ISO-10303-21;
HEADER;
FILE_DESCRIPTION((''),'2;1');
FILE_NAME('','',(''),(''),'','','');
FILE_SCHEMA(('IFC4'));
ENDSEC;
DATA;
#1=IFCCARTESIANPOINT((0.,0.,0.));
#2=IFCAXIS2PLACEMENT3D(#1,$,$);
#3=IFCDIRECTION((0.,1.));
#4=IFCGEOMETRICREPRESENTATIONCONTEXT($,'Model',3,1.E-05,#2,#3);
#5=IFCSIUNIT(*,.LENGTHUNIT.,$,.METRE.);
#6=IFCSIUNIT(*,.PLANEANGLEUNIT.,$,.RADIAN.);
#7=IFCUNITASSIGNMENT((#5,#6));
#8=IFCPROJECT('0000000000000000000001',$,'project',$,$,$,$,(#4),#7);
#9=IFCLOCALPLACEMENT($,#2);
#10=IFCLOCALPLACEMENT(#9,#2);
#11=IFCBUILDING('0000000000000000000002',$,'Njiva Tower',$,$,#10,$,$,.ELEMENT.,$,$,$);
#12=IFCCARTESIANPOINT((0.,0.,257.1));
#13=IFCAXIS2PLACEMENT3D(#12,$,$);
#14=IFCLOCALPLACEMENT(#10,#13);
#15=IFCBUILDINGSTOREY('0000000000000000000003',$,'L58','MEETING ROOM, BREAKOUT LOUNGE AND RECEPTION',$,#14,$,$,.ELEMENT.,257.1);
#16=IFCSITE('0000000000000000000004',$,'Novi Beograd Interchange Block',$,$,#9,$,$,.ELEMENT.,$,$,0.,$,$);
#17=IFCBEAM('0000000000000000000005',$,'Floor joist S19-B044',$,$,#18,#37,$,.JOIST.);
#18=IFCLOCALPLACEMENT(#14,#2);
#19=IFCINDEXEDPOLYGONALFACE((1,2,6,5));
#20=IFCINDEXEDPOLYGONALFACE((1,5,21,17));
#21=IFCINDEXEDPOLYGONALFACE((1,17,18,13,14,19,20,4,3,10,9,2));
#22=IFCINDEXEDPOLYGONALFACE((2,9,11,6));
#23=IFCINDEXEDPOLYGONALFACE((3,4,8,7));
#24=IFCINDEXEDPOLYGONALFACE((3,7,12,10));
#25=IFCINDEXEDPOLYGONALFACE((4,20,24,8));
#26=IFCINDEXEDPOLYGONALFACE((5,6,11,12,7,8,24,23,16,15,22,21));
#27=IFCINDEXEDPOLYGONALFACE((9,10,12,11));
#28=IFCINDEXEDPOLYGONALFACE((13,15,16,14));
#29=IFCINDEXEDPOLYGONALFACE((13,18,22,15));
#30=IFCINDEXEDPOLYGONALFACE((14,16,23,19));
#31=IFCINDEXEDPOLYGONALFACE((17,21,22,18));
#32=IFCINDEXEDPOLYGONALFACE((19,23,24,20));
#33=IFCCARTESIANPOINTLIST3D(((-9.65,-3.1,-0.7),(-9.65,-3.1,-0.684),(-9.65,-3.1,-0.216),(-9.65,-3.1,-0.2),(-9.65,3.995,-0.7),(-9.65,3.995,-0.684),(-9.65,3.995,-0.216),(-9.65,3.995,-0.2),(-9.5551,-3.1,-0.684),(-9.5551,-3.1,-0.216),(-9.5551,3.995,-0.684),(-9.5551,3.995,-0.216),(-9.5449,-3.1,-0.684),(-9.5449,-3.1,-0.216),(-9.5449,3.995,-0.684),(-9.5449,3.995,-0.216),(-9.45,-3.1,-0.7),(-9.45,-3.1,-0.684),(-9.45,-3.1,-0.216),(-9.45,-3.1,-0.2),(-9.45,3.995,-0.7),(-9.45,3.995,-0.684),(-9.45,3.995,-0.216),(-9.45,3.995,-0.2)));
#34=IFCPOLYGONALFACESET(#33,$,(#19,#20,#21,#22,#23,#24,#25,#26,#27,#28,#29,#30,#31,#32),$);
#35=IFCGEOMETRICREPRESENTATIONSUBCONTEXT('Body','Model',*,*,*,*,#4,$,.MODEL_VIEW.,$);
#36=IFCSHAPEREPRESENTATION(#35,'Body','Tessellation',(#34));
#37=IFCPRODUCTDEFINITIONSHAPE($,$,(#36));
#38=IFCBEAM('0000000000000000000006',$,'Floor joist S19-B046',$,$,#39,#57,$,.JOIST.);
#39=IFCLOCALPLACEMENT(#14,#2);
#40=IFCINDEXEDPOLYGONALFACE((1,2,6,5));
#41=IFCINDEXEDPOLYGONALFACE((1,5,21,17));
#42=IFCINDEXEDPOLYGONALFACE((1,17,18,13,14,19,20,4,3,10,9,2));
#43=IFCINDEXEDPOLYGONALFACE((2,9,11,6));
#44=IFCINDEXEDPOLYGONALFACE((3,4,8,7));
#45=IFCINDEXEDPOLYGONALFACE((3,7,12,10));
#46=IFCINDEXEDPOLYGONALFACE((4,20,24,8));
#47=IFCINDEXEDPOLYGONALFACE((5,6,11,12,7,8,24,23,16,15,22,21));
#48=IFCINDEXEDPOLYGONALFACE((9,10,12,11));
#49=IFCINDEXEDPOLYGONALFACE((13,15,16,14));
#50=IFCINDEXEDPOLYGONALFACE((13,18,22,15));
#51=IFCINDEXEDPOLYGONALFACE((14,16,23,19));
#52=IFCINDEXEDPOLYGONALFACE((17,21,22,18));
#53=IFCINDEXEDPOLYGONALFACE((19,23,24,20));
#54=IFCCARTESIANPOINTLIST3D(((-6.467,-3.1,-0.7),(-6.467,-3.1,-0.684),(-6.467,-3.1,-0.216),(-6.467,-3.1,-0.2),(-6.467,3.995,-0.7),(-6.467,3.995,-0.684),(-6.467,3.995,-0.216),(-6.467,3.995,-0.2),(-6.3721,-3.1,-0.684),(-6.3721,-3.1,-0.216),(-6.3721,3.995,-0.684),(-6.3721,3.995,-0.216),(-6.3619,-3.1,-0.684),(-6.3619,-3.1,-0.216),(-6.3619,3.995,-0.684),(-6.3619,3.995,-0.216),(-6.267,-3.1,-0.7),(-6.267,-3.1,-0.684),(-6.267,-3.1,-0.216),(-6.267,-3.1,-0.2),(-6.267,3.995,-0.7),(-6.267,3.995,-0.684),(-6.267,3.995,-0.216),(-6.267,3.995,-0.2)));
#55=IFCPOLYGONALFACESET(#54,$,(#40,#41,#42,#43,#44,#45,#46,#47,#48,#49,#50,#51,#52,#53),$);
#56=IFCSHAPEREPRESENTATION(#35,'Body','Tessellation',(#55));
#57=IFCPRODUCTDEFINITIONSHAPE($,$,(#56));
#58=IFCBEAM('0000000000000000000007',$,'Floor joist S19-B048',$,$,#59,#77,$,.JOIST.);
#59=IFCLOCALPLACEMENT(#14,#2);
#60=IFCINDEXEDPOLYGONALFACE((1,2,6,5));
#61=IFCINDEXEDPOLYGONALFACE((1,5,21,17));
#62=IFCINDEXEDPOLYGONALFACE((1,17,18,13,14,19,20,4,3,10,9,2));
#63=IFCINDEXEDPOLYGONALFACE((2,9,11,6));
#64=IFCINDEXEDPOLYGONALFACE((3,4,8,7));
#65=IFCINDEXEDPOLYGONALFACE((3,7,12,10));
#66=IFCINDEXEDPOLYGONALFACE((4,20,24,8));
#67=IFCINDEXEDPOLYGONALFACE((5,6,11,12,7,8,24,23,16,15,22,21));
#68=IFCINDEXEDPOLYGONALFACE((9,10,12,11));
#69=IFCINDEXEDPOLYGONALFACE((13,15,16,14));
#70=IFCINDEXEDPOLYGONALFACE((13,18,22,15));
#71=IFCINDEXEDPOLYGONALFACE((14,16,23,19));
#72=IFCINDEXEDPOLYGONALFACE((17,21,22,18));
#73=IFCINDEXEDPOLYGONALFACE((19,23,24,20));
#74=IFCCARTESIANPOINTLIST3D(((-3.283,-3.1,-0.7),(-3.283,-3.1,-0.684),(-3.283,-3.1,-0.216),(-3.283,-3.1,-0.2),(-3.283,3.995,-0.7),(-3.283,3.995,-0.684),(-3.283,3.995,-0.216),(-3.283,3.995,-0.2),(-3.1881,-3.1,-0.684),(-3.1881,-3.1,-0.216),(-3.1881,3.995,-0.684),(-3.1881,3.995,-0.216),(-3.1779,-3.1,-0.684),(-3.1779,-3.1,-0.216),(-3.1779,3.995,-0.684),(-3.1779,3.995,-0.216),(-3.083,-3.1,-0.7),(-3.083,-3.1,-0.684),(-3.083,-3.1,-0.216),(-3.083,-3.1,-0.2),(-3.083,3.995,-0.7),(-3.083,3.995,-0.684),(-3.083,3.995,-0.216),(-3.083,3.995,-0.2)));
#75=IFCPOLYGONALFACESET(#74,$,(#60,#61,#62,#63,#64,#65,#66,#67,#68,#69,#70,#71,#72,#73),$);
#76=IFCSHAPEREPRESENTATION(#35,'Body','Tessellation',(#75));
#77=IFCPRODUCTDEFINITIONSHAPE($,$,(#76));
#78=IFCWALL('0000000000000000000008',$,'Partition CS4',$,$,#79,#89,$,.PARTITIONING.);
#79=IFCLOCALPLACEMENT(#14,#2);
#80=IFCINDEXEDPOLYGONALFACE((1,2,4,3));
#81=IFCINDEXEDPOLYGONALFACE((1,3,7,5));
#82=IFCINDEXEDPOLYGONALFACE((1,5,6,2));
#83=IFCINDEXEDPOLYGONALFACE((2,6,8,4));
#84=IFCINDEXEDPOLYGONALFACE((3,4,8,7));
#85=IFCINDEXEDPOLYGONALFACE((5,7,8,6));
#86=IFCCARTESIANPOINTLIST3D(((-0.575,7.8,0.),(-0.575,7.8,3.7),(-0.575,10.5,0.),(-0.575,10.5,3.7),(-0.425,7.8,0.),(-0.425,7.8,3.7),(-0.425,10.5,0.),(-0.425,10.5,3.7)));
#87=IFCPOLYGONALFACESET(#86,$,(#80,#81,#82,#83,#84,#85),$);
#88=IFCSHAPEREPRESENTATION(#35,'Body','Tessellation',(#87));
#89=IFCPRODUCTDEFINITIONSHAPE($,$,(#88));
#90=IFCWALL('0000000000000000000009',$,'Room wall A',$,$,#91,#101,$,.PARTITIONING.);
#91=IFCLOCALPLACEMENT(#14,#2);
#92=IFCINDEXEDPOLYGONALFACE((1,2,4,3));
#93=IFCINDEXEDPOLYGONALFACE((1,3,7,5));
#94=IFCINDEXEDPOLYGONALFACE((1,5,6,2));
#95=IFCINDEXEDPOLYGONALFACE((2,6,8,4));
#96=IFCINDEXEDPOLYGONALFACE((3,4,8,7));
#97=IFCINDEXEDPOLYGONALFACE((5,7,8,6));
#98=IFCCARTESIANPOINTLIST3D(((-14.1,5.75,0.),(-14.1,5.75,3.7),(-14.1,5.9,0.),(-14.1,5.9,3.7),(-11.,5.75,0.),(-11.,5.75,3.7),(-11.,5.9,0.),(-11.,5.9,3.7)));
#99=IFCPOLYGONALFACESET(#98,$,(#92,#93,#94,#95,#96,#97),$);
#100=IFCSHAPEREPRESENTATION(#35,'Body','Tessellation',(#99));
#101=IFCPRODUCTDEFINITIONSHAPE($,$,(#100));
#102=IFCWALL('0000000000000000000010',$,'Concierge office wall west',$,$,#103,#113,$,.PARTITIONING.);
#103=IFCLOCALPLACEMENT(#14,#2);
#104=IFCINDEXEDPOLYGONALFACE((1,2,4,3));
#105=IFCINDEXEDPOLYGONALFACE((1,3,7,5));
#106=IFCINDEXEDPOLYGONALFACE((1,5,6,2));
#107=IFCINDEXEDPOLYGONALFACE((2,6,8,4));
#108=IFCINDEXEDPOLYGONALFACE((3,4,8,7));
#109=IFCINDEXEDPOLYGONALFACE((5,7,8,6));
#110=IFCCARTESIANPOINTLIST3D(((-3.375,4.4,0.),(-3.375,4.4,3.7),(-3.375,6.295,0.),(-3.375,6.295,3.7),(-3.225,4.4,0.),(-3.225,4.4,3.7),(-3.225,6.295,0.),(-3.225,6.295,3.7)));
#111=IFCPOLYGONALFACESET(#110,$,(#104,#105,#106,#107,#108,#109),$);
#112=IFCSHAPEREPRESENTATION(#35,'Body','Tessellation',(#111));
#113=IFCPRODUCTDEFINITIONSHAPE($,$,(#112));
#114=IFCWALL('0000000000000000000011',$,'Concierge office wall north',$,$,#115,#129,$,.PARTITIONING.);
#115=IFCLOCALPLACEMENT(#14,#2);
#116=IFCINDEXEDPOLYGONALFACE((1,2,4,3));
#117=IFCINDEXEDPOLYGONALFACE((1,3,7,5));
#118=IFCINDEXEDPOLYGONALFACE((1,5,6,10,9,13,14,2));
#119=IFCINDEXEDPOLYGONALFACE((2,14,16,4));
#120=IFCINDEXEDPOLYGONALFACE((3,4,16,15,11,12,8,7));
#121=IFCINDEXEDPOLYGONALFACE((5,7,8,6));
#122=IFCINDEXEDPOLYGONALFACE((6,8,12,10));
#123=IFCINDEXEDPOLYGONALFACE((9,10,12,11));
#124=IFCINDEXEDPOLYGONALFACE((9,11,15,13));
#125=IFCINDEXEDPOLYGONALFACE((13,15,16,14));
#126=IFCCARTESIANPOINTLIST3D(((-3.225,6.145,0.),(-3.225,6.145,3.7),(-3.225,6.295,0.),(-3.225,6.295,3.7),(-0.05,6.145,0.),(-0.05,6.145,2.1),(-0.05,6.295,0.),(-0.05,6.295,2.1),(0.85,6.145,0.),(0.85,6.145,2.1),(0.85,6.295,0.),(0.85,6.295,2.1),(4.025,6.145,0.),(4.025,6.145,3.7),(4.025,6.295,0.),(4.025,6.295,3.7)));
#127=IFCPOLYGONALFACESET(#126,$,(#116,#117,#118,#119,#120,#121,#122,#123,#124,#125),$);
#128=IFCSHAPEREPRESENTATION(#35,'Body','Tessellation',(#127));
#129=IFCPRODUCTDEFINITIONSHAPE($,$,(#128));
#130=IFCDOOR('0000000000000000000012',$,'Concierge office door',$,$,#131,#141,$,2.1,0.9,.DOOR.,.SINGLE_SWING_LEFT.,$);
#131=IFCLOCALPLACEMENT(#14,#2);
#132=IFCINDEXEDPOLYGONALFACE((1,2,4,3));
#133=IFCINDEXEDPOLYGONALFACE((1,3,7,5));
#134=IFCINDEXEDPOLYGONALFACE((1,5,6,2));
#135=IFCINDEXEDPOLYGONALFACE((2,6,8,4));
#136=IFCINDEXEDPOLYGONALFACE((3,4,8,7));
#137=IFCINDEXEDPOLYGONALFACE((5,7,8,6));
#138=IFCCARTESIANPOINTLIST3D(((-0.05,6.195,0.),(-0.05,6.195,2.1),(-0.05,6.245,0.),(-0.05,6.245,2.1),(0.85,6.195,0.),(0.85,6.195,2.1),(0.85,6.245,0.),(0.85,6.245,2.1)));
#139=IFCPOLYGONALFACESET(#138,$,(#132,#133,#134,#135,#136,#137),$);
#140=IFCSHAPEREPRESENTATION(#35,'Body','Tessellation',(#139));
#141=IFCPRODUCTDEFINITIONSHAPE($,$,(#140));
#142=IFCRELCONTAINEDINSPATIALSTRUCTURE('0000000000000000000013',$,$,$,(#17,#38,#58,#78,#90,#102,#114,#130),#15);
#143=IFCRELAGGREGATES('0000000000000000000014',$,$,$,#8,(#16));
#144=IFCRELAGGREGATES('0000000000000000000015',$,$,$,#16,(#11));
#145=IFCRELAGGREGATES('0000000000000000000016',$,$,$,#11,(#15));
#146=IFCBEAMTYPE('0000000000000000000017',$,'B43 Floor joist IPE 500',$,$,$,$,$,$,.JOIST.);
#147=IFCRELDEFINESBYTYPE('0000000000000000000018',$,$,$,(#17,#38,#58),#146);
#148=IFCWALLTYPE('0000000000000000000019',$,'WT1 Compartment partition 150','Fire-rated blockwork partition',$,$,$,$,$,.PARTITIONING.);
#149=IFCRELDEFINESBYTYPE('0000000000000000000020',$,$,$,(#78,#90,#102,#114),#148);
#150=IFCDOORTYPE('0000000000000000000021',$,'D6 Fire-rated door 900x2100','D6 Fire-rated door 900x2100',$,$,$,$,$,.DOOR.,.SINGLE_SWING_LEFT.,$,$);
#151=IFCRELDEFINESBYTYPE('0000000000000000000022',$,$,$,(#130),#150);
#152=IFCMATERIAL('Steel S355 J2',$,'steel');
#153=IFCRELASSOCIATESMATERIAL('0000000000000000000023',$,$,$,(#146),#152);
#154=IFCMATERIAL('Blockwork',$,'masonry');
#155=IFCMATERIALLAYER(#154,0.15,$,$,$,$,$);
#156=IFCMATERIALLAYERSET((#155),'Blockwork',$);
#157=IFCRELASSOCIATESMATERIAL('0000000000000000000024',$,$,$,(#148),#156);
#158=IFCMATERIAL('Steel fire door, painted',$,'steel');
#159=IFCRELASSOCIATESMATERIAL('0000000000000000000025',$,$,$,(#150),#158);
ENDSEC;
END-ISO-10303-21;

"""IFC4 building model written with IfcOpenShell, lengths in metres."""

from ifc_helpers import new_model, si_unit, direction, frame, frame_2d, origin, origin_2d, place, context, subcontext, project, spatial, rectangle, i_section, extrude, material, layer, layer_set, material_profile, profile_set, type_object, element, fill, save


model = new_model("IFC4")

# Units and contexts
model_context = context("Model", 3, precision=1e-05, world=origin(), true_north=direction((0.0, 1.0)))
body_context = subcontext(model_context, "Body", "Model", "MODEL_VIEW")
ifc_project = project(units=[si_unit("LENGTHUNIT", "METRE"), si_unit("PLANEANGLEUNIT", "RADIAN")], contexts=[model_context])

# Site, building, storey
site_placement = place(None, origin())
site = spatial("IfcSite", under=ifc_project, at=site_placement, Name="Novi Beograd Interchange Block", CompositionType="ELEMENT", RefElevation=0.0)
building_placement = place(site_placement, origin())
building = spatial("IfcBuilding", under=site, at=building_placement, Name="Njiva Tower", CompositionType="ELEMENT")
storey_placement = place(building_placement, frame((0.0, 0.0, 257.1)))
storey = spatial("IfcBuildingStorey", under=building, at=storey_placement, Name="L58", Description="MEETING ROOM, BREAKOUT LOUNGE AND RECEPTION", CompositionType="ELEMENT", Elevation=257.1)

# Beams
ifc_material_1 = material(Name="Steel S355 J2", Category="steel")
ifc_material_profile = material_profile(ifc_material_1, i_section(OverallWidth=0.2, OverallDepth=0.5, WebThickness=0.0102, FlangeThickness=0.016, at=origin_2d()), Name="IPE 500")
ifc_profile_set = profile_set([ifc_material_profile], Name="Steel S355 J2")
beam_type = type_object("IfcBeamType", Name="B43 Floor joist IPE 500", PredefinedType="JOIST", material=ifc_profile_set)
for number, where, z_axis, x_axis, name in (
    (1, (-9.55, 3.995, -0.45), (0.0, -1.0, 0.0), (1.0, 0.0, 0.0), "Floor joist S19-B044"),
    (2, (-6.367, 3.995, -0.45), (0.0, -1.0, 0.0), (1.0, 0.0, 0.0), "Floor joist S19-B046"),
    (3, (-3.183, 3.995, -0.45), (0.0, -1.0, 0.0), (1.0, 0.0, 0.0), "Floor joist S19-B048"),
):
    element("IfcBeam", number, at=place(storey_placement, frame(where, z_axis=z_axis, x_axis=x_axis)), inside=storey, type_object=beam_type, Name=name, PredefinedType="JOIST", context=body_context, shape_type="SweptSolid", body=[
        extrude(i_section(OverallWidth=0.2, OverallDepth=0.5, WebThickness=0.0102, FlangeThickness=0.016, at=origin_2d()), origin(), (0.0, 0.0, 1.0), 7.095),
    ])

# Walls
ifc_material_2 = material(Name="Blockwork", Category="masonry")
ifc_layer_1 = layer(ifc_material_2, 0.15)
ifc_layer_set_1 = layer_set([ifc_layer_1], Name="Blockwork")
wall_type_1 = type_object("IfcWallType", Name="WT1 Compartment partition 150", Description="Fire-rated blockwork partition", PredefinedType="PARTITIONING", material=ifc_layer_set_1)
wall_1_placement = place(storey_placement, frame((-0.5, 7.8, 0.0), z_axis=(0.0, 0.0, 1.0), x_axis=(0.0, 1.0, 0.0)))
element("IfcWall", 4, at=wall_1_placement, inside=storey, type_object=wall_type_1, Name="Partition CS4", PredefinedType="PARTITIONING", context=body_context, shape_type="SweptSolid", body=[
    extrude(rectangle(XDim=2.7, YDim=0.15, at=frame_2d((1.35, 0.0))), origin(), (0.0, 0.0, 1.0), 3.7),
])
wall_2_placement = place(storey_placement, frame((-14.1, 5.825, 0.0), z_axis=(0.0, 0.0, 1.0), x_axis=(1.0, 0.0, 0.0)))
element("IfcWall", 5, at=wall_2_placement, inside=storey, type_object=wall_type_1, Name="Room wall A", PredefinedType="PARTITIONING", context=body_context, shape_type="SweptSolid", body=[
    extrude(rectangle(XDim=3.1, YDim=0.15, at=frame_2d((1.55, 0.0))), origin(), (0.0, 0.0, 1.0), 3.7),
])
wall_3_placement = place(storey_placement, frame((-3.3, 4.4, 0.0), z_axis=(0.0, 0.0, 1.0), x_axis=(0.0, 1.0, 0.0)))
element("IfcWall", 6, at=wall_3_placement, inside=storey, type_object=wall_type_1, Name="Concierge office wall west", PredefinedType="PARTITIONING", context=body_context, shape_type="SweptSolid", body=[
    extrude(rectangle(XDim=1.895, YDim=0.15, at=frame_2d((0.9475, 0.0))), origin(), (0.0, 0.0, 1.0), 3.7),
])

# Wall, opening, door
wall_4_placement = place(storey_placement, frame((-3.225, 6.22, 0.0), z_axis=(0.0, 0.0, 1.0), x_axis=(1.0, 0.0, 0.0)))
wall_4 = element("IfcWall", 7, at=wall_4_placement, inside=storey, type_object=wall_type_1, Name="Concierge office wall north", PredefinedType="PARTITIONING", context=body_context, shape_type="SweptSolid", body=[
    extrude(rectangle(XDim=7.25, YDim=0.15, at=frame_2d((3.625, 0.0))), origin(), (0.0, 0.0, 1.0), 3.7),
])
opening_1_placement = place(wall_4_placement, frame((3.175, 0.0, 0.0)))
opening_1 = element("IfcOpeningElement", 8, at=opening_1_placement, cuts=wall_4, PredefinedType="OPENING", context=body_context, shape_type="SweptSolid", body=[
    extrude(rectangle(XDim=0.9, YDim=2.1, at=frame_2d((0.45, 1.05))), frame((0.0, 0.085, 0.0), z_axis=(0.0, -1.0, 0.0), x_axis=(1.0, 0.0, 0.0)), (0.0, 0.0, 1.0), 0.17),
])
ifc_material_3 = material(Name="Steel fire door, painted", Category="steel")
door_type_1 = type_object("IfcDoorType", Name="D6 Fire-rated door 900x2100", Description="D6 Fire-rated door 900x2100", OperationType="SINGLE_SWING_LEFT", PredefinedType="DOOR", material=ifc_material_3)
door_1_placement = place(opening_1_placement, origin())
door_1 = element("IfcDoor", 9, at=door_1_placement, inside=storey, type_object=door_type_1, Name="Concierge office door", OperationType="SINGLE_SWING_LEFT", OverallHeight=2.1, OverallWidth=0.9, PredefinedType="DOOR", context=body_context, shape_type="SweptSolid", body=[
    extrude(rectangle(XDim=0.9, YDim=2.1, at=frame_2d((0.45, 1.05))), frame((0.0, 0.025, 0.0), z_axis=(0.0, -1.0, 0.0), x_axis=(1.0, 0.0, 0.0)), (0.0, 0.0, 1.0), 0.05),
])
fill(opening_1, door_1)

save(model, "model.ifc")
